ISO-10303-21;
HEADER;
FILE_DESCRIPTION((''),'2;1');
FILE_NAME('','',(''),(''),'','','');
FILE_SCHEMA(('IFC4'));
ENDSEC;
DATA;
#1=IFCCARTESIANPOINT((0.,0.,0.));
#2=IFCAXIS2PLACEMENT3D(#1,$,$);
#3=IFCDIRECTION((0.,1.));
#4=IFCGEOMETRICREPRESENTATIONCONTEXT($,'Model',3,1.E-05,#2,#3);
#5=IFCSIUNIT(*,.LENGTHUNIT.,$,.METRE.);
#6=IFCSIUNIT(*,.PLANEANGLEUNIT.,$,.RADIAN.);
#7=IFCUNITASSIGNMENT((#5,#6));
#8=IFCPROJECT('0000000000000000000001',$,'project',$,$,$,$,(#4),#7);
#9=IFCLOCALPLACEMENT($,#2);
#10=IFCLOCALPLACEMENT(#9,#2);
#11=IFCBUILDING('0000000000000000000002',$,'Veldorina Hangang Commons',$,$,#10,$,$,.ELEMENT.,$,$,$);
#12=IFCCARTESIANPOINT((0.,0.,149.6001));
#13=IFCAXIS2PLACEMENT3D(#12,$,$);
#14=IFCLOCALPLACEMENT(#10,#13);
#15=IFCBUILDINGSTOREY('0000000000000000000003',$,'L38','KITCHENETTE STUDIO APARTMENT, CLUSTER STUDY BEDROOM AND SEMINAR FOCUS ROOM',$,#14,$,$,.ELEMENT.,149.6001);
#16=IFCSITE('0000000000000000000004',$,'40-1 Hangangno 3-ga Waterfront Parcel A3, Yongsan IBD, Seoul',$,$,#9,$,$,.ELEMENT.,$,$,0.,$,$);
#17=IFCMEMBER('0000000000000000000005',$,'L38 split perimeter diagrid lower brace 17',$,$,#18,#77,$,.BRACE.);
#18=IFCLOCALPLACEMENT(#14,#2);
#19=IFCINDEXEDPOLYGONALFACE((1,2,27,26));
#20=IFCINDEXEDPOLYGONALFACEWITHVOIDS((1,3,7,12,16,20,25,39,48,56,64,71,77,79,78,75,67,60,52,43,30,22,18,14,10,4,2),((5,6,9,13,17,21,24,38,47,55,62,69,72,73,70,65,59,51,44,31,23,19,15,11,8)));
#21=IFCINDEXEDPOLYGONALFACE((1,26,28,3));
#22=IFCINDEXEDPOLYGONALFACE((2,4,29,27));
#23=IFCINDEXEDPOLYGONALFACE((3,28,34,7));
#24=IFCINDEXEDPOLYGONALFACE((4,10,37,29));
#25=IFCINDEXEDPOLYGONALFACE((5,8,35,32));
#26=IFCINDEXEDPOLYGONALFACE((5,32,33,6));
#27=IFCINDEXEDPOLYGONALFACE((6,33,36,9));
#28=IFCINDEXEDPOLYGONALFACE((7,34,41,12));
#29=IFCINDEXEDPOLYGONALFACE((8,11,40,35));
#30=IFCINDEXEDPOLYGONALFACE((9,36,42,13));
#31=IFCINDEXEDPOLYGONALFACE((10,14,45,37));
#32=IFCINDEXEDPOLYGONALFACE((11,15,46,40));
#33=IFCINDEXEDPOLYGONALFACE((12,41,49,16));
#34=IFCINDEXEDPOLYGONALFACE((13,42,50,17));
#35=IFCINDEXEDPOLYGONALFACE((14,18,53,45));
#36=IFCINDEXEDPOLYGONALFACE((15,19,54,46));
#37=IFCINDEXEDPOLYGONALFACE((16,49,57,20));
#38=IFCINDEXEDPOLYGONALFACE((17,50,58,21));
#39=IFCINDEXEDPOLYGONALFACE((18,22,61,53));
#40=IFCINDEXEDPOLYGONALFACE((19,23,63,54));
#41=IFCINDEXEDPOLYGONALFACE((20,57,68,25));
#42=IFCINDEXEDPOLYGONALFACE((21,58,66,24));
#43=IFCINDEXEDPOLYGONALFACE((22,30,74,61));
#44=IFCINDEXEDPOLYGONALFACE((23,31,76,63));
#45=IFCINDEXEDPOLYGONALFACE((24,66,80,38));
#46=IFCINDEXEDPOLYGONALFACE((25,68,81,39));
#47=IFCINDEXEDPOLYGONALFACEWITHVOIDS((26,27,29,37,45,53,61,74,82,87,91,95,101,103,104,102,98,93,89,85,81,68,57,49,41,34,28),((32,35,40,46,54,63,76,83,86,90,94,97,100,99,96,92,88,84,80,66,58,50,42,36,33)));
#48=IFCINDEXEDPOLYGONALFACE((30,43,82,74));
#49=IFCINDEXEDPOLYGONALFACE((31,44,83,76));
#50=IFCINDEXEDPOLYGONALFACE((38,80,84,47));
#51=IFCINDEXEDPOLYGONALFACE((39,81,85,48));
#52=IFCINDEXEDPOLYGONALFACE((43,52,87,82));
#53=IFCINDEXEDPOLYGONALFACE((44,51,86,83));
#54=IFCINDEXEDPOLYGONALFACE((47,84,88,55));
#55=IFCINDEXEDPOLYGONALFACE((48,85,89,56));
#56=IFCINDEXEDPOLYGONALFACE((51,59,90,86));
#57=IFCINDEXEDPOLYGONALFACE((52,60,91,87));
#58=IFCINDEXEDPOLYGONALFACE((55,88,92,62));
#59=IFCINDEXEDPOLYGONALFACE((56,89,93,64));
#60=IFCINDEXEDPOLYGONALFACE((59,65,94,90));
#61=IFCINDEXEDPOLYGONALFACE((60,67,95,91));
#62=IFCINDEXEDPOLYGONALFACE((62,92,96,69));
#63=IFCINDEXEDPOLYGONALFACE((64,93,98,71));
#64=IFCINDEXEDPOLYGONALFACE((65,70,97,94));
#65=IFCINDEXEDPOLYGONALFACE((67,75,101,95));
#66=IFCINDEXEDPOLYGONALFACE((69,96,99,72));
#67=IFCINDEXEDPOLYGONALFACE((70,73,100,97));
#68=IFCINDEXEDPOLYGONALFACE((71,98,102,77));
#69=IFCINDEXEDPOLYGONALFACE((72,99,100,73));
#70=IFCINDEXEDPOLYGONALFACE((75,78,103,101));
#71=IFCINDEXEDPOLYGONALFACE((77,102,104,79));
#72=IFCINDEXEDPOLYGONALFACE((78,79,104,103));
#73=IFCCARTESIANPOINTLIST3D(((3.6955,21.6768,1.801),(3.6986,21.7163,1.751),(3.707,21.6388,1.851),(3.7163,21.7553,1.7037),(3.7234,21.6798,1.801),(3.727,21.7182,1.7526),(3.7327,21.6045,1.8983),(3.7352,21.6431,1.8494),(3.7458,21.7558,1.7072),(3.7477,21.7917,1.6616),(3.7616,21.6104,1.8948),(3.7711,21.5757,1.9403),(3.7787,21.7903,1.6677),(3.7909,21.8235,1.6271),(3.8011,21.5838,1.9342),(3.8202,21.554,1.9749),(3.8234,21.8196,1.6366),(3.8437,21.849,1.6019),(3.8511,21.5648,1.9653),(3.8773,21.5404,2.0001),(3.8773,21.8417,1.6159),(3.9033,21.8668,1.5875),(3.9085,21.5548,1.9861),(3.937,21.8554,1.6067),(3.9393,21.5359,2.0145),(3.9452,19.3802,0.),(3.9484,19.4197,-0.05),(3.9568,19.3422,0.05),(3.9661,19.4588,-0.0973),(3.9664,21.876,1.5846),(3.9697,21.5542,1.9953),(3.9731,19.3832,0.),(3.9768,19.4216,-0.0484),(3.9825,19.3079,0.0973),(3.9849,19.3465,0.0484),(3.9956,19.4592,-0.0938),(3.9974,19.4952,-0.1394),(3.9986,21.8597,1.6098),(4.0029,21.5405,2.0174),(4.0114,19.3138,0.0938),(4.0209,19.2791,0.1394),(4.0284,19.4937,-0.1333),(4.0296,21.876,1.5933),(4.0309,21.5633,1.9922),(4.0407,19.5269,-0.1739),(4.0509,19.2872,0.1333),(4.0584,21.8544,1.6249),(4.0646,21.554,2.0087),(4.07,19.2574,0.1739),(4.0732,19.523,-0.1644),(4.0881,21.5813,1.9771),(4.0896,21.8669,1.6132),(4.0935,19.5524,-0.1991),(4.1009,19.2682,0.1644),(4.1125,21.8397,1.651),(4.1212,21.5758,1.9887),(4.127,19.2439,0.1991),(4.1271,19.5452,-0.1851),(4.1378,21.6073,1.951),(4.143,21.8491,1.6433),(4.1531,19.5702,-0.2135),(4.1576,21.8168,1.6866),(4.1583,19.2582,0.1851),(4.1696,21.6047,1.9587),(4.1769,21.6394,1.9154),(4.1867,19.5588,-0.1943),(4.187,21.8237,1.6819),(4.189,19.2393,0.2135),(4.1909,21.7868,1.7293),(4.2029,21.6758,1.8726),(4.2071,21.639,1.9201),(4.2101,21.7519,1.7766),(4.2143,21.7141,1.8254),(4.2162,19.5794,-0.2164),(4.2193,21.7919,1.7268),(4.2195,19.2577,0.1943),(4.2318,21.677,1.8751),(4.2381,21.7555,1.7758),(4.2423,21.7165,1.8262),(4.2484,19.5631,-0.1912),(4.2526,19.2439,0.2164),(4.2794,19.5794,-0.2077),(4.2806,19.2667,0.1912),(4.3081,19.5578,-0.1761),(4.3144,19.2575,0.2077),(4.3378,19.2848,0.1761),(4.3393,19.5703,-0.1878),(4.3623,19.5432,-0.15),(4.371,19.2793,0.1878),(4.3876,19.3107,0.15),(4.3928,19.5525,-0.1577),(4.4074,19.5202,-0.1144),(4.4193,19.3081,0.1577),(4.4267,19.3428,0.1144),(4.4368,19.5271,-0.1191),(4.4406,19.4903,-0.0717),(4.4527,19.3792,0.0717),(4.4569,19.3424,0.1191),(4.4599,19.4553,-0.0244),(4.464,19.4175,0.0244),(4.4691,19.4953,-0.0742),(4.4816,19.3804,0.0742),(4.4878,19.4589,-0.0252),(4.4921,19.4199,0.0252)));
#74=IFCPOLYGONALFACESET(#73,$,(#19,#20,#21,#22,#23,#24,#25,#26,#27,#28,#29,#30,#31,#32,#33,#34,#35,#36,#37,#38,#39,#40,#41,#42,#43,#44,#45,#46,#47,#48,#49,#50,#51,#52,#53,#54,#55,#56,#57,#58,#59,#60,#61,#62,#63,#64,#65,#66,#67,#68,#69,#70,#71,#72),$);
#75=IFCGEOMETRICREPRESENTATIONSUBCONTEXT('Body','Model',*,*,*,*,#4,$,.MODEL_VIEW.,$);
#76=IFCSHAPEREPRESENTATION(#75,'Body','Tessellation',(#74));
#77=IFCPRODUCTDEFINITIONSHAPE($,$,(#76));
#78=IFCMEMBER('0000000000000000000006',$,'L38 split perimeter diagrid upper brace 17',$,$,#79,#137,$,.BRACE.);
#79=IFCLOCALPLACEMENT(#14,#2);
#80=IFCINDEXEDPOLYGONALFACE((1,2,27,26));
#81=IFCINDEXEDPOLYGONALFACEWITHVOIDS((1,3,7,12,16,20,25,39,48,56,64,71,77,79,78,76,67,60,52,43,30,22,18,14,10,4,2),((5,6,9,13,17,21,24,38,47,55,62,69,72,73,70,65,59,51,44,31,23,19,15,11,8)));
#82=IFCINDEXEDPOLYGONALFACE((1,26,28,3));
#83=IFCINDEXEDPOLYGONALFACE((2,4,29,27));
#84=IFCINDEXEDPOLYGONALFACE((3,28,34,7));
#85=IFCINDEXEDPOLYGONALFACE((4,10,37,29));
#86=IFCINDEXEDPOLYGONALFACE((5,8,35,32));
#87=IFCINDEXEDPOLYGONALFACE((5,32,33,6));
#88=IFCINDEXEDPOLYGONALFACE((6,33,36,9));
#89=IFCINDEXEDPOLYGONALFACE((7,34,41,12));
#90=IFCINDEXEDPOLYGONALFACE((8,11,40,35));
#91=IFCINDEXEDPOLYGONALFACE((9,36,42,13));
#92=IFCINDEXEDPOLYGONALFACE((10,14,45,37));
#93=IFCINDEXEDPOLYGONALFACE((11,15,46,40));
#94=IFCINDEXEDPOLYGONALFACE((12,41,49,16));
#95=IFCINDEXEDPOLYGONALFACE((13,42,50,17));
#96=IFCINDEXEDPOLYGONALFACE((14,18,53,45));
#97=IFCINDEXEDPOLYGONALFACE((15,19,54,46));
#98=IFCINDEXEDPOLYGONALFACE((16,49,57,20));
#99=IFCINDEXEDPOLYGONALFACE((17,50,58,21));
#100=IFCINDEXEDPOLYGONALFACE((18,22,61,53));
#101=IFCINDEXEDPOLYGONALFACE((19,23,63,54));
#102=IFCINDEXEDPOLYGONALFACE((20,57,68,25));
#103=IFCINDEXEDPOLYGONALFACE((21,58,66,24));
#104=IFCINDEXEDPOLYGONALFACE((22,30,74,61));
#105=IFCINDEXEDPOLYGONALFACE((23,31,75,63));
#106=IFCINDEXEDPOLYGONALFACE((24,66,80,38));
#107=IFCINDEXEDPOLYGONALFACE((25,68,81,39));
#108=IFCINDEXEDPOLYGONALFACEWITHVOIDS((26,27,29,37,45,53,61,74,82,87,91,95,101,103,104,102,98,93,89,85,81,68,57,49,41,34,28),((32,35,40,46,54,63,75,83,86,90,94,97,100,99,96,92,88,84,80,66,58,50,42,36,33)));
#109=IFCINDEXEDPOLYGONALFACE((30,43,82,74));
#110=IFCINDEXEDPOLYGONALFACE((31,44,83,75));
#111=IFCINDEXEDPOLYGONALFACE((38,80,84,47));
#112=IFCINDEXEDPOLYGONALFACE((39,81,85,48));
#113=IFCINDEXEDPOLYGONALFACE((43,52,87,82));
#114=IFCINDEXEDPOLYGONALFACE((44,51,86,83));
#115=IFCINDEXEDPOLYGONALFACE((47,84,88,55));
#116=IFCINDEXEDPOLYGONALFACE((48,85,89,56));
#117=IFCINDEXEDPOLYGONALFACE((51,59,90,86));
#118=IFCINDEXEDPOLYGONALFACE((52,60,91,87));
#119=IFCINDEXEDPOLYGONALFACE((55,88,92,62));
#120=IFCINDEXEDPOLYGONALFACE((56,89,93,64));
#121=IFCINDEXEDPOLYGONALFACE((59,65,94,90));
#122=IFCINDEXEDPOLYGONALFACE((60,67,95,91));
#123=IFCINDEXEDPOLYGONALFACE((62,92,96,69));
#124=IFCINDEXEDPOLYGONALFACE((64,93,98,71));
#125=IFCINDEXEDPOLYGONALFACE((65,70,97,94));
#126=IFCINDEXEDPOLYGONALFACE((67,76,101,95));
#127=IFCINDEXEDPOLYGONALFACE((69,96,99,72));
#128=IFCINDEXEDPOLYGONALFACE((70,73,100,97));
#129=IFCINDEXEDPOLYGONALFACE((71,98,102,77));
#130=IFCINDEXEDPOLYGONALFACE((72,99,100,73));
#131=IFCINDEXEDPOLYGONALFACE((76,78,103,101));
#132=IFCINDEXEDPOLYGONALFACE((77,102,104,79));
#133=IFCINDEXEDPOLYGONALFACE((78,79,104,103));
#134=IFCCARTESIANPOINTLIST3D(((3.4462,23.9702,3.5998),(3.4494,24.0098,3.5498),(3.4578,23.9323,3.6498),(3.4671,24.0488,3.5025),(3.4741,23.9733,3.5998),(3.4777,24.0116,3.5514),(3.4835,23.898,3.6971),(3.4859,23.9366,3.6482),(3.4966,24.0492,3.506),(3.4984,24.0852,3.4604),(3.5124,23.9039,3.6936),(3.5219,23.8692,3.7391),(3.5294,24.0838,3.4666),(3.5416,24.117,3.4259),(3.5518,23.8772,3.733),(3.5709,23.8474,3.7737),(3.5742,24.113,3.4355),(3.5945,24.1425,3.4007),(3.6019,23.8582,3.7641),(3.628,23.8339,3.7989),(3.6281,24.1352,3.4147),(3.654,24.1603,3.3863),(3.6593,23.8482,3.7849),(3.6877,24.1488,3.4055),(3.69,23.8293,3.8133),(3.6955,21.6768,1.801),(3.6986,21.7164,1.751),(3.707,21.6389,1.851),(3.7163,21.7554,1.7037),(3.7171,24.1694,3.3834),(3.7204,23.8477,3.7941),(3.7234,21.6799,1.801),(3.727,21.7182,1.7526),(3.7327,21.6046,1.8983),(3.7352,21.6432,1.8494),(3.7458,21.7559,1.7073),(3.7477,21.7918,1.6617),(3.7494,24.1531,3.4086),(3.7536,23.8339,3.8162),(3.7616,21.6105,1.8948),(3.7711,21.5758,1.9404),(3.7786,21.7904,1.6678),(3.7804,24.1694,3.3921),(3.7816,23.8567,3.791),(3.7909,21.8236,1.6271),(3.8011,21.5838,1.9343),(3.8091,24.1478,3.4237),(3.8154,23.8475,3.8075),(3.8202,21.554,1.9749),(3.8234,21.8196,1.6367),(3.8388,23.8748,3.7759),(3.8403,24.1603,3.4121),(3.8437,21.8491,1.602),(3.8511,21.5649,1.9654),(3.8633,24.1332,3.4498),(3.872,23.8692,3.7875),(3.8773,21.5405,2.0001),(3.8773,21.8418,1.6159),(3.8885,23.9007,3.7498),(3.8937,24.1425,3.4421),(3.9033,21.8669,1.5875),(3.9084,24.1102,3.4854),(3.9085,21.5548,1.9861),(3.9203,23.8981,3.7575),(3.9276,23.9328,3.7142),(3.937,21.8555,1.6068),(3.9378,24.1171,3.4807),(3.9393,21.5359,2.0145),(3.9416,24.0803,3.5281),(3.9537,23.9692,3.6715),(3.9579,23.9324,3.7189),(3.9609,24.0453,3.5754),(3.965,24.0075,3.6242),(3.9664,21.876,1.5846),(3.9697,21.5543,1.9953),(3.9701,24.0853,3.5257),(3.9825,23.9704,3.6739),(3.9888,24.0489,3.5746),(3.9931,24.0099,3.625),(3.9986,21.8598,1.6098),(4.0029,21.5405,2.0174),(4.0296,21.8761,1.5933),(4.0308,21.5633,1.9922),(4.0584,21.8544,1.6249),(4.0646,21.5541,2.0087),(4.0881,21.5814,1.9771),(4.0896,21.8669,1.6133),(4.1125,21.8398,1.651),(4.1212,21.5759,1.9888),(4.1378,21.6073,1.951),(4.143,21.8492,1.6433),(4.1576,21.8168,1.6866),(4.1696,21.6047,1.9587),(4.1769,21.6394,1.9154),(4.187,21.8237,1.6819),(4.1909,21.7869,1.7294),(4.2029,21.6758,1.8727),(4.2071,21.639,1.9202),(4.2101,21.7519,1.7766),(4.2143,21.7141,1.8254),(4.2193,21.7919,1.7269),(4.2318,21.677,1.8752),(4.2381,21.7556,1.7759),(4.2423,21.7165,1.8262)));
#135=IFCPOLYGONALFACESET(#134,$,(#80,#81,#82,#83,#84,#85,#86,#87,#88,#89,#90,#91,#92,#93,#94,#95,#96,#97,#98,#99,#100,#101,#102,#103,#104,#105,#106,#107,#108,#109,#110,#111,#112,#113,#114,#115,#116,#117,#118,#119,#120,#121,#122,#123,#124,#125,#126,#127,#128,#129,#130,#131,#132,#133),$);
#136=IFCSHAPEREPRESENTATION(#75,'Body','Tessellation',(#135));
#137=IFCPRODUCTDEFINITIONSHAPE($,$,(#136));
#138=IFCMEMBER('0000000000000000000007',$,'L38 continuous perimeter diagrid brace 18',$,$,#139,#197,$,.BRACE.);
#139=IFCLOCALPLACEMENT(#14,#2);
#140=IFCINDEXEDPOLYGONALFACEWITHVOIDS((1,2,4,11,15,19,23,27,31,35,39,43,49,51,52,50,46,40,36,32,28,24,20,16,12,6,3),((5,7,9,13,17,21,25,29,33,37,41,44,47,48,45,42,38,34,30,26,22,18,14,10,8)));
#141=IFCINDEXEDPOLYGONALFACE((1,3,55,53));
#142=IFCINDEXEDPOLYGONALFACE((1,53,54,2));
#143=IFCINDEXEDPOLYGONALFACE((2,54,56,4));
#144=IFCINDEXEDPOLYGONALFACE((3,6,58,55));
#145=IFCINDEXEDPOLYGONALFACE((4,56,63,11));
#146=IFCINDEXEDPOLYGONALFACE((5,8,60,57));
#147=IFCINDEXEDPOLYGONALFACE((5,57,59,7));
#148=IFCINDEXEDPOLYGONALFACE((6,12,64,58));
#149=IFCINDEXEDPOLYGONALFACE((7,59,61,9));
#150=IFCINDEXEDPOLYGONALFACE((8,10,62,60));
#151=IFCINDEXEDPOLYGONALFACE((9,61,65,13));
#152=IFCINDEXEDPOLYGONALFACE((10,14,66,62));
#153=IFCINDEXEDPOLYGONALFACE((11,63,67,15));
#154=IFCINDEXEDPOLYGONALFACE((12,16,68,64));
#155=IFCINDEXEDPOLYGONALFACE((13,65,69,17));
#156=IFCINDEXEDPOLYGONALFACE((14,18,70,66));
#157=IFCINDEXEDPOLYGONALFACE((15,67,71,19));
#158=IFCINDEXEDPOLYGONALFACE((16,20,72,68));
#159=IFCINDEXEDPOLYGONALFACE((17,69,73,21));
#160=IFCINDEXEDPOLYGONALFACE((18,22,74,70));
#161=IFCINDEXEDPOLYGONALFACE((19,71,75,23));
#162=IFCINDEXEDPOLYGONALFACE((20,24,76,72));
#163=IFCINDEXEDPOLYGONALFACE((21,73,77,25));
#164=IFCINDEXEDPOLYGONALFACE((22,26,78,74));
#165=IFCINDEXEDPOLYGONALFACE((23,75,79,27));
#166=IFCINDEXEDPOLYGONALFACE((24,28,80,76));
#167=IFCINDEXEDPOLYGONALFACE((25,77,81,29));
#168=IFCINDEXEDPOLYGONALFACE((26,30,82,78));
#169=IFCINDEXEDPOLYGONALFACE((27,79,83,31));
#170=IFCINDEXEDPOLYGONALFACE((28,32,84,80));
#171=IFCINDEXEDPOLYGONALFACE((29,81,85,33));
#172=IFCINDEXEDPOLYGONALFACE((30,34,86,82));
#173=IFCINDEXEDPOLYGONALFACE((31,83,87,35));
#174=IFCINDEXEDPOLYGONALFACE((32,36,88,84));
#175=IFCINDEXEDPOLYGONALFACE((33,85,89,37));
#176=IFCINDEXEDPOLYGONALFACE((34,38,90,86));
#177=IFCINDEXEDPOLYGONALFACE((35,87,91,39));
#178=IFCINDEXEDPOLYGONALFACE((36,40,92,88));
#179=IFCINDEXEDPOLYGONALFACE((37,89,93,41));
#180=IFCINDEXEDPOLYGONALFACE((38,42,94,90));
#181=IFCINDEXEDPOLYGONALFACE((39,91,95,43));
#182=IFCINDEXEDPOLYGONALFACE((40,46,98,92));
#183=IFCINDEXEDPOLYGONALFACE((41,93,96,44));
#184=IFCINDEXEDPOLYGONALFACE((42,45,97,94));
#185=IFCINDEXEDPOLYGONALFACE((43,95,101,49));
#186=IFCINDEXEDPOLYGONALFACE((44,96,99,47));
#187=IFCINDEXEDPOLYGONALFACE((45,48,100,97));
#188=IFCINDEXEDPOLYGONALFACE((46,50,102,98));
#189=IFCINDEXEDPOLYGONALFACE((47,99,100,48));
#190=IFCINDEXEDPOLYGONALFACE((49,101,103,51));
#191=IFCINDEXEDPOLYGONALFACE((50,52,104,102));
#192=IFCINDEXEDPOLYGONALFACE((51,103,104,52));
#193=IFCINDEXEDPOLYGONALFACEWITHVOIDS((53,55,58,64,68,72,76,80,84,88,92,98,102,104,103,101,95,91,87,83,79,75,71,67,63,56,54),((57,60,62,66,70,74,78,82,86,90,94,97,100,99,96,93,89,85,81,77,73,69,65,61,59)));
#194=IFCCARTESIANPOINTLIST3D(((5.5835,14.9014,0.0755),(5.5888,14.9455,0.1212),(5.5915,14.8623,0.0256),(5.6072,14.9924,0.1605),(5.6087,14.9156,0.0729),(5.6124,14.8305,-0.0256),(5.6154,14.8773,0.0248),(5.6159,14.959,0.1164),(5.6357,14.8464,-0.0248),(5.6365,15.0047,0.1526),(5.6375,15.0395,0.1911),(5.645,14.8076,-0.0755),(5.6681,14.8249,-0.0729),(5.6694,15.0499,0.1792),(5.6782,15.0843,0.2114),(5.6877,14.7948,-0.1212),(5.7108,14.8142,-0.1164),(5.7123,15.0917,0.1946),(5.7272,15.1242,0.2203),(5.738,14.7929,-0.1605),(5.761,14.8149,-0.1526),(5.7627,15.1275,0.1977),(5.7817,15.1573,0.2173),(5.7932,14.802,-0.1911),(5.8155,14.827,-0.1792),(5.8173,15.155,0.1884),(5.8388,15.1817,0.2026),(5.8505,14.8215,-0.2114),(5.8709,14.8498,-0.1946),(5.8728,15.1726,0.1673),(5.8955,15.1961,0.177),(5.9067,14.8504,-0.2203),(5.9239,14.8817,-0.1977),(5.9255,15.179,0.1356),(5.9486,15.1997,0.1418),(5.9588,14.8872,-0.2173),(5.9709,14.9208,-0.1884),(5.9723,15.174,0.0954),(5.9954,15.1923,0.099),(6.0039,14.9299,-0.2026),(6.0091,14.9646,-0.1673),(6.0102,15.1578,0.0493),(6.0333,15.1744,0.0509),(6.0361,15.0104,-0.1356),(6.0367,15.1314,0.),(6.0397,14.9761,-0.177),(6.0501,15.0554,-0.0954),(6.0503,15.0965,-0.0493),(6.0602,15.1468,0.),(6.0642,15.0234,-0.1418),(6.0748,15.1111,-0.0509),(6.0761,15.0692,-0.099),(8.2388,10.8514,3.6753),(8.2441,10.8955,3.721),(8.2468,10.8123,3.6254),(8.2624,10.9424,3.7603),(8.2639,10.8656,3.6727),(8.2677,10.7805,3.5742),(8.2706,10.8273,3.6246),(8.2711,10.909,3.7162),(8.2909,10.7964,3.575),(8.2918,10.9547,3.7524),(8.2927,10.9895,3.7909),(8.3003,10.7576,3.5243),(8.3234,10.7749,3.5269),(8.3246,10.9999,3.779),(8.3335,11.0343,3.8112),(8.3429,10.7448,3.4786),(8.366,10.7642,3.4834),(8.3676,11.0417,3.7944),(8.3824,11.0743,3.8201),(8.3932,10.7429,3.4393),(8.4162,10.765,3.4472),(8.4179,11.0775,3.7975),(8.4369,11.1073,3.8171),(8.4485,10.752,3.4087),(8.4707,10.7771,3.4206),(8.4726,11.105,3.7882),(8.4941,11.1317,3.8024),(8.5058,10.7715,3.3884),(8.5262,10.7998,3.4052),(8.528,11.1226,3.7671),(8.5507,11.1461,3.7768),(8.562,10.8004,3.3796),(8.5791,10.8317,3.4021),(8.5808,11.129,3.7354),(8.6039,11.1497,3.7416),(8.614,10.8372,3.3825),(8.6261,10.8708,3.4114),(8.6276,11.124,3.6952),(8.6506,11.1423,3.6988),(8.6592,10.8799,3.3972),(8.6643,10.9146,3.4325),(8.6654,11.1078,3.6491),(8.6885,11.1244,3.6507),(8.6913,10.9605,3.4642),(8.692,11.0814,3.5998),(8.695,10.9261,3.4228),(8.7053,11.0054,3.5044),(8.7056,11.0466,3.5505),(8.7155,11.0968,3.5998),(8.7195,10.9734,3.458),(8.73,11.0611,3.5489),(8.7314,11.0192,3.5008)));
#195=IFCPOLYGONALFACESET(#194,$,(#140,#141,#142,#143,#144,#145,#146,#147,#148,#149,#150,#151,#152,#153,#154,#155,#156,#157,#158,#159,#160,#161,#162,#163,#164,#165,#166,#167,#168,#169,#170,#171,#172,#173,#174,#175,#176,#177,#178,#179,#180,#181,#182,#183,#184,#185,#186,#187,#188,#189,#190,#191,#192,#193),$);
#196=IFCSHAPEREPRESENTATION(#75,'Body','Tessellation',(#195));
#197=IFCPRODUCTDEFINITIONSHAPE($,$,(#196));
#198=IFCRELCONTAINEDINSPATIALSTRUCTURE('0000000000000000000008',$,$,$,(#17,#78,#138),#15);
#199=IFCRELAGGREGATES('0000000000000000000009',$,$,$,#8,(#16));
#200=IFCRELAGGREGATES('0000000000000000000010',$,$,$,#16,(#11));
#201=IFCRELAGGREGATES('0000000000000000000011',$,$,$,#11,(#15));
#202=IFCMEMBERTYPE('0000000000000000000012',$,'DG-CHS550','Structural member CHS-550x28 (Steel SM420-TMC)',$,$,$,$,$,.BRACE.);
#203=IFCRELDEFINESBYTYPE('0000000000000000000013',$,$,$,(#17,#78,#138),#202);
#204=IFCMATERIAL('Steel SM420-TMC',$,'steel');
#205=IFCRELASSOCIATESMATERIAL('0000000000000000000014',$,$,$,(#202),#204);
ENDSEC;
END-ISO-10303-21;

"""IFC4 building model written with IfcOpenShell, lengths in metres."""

from ifc_helpers import new_model, si_unit, direction, frame, origin, origin_2d, place, context, subcontext, project, spatial, hollow_circle, extrude, material, material_profile, profile_set, type_object, element, save


model = new_model("IFC4")

# Units and contexts
model_context = context("Model", 3, precision=1e-05, world=origin(), true_north=direction((0.0, 1.0)))
body_context = subcontext(model_context, "Body", "Model", "MODEL_VIEW")
ifc_project = project(units=[si_unit("LENGTHUNIT", "METRE"), si_unit("PLANEANGLEUNIT", "RADIAN")], contexts=[model_context])

# Site, building, storey
site_placement = place(None, origin())
site = spatial("IfcSite", under=ifc_project, at=site_placement, Name="40-1 Hangangno 3-ga Waterfront Parcel A3, Yongsan IBD, Seoul", CompositionType="ELEMENT", RefElevation=0.0)
building_placement = place(site_placement, origin())
building = spatial("IfcBuilding", under=site, at=building_placement, Name="Veldorina Hangang Commons", CompositionType="ELEMENT")
storey_placement = place(building_placement, frame((0.0, 0.0, 149.6001)))
storey = spatial("IfcBuildingStorey", under=building, at=storey_placement, Name="L38", Description="KITCHENETTE STUDIO APARTMENT, CLUSTER STUDY BEDROOM AND SEMINAR FOCUS ROOM", CompositionType="ELEMENT", Elevation=149.6001)

# Shared definitions
ifc_material_1 = material(Name="Steel SM420-TMC", Category="steel")

# Members
ifc_material_profile_1 = material_profile(ifc_material_1, hollow_circle(Radius=0.2749, WallThickness=0.0281, at=origin_2d()), Name="CHS-550x28")
ifc_profile_set_1 = profile_set([ifc_material_profile_1], Name="Steel SM420-TMC")
member_type = type_object("IfcMemberType", Name="DG-CHS550", Description="Structural member CHS-550x28 (Steel SM420-TMC)", PredefinedType="BRACE", material=ifc_profile_set_1)
member_1_placement = place(storey_placement, frame((4.2185, 19.4099, 0.0), z_axis=(-0.085262, 0.78403, 0.614839), x_axis=(-0.994139, -0.108111, 0.0)))
element("IfcMember", 1, at=member_1_placement, inside=storey, type_object=member_type, Name="L38 split perimeter diagrid lower brace 17", PredefinedType="BRACE", context=body_context, shape_type="SweptSolid", body=[
    extrude(hollow_circle(Radius=0.2749, WallThickness=0.0281, at=origin_2d()), origin(), (0.0, 0.0, 1.0), 2.9292),
])
member_2_placement = place(storey_placement, frame((3.9688, 21.7065, 1.801), z_axis=(-0.085209, 0.783985, 0.614904), x_axis=(-0.994145, -0.10805, 0.0)))
element("IfcMember", 2, at=member_2_placement, inside=storey, type_object=member_type, Name="L38 split perimeter diagrid upper brace 17", PredefinedType="BRACE", context=body_context, shape_type="SweptSolid", body=[
    extrude(hollow_circle(Radius=0.2749, WallThickness=0.0281, at=origin_2d()), origin(), (0.0, 0.0, 1.0), 2.9253),
])
member_3_placement = place(storey_placement, frame((5.8303, 14.9961, 0.0), z_axis=(0.440033, -0.671176, 0.596569), x_axis=(0.836291, 0.548285, 0.0)))
element("IfcMember", 3, at=member_3_placement, inside=storey, type_object=member_type, Name="L38 continuous perimeter diagrid brace 18", PredefinedType="BRACE", context=body_context, shape_type="SweptSolid", body=[
    extrude(hollow_circle(Radius=0.2749, WallThickness=0.0281, at=origin_2d()), origin(), (0.0, 0.0, 1.0), 6.0342),
])

save(model, "model.ifc")
